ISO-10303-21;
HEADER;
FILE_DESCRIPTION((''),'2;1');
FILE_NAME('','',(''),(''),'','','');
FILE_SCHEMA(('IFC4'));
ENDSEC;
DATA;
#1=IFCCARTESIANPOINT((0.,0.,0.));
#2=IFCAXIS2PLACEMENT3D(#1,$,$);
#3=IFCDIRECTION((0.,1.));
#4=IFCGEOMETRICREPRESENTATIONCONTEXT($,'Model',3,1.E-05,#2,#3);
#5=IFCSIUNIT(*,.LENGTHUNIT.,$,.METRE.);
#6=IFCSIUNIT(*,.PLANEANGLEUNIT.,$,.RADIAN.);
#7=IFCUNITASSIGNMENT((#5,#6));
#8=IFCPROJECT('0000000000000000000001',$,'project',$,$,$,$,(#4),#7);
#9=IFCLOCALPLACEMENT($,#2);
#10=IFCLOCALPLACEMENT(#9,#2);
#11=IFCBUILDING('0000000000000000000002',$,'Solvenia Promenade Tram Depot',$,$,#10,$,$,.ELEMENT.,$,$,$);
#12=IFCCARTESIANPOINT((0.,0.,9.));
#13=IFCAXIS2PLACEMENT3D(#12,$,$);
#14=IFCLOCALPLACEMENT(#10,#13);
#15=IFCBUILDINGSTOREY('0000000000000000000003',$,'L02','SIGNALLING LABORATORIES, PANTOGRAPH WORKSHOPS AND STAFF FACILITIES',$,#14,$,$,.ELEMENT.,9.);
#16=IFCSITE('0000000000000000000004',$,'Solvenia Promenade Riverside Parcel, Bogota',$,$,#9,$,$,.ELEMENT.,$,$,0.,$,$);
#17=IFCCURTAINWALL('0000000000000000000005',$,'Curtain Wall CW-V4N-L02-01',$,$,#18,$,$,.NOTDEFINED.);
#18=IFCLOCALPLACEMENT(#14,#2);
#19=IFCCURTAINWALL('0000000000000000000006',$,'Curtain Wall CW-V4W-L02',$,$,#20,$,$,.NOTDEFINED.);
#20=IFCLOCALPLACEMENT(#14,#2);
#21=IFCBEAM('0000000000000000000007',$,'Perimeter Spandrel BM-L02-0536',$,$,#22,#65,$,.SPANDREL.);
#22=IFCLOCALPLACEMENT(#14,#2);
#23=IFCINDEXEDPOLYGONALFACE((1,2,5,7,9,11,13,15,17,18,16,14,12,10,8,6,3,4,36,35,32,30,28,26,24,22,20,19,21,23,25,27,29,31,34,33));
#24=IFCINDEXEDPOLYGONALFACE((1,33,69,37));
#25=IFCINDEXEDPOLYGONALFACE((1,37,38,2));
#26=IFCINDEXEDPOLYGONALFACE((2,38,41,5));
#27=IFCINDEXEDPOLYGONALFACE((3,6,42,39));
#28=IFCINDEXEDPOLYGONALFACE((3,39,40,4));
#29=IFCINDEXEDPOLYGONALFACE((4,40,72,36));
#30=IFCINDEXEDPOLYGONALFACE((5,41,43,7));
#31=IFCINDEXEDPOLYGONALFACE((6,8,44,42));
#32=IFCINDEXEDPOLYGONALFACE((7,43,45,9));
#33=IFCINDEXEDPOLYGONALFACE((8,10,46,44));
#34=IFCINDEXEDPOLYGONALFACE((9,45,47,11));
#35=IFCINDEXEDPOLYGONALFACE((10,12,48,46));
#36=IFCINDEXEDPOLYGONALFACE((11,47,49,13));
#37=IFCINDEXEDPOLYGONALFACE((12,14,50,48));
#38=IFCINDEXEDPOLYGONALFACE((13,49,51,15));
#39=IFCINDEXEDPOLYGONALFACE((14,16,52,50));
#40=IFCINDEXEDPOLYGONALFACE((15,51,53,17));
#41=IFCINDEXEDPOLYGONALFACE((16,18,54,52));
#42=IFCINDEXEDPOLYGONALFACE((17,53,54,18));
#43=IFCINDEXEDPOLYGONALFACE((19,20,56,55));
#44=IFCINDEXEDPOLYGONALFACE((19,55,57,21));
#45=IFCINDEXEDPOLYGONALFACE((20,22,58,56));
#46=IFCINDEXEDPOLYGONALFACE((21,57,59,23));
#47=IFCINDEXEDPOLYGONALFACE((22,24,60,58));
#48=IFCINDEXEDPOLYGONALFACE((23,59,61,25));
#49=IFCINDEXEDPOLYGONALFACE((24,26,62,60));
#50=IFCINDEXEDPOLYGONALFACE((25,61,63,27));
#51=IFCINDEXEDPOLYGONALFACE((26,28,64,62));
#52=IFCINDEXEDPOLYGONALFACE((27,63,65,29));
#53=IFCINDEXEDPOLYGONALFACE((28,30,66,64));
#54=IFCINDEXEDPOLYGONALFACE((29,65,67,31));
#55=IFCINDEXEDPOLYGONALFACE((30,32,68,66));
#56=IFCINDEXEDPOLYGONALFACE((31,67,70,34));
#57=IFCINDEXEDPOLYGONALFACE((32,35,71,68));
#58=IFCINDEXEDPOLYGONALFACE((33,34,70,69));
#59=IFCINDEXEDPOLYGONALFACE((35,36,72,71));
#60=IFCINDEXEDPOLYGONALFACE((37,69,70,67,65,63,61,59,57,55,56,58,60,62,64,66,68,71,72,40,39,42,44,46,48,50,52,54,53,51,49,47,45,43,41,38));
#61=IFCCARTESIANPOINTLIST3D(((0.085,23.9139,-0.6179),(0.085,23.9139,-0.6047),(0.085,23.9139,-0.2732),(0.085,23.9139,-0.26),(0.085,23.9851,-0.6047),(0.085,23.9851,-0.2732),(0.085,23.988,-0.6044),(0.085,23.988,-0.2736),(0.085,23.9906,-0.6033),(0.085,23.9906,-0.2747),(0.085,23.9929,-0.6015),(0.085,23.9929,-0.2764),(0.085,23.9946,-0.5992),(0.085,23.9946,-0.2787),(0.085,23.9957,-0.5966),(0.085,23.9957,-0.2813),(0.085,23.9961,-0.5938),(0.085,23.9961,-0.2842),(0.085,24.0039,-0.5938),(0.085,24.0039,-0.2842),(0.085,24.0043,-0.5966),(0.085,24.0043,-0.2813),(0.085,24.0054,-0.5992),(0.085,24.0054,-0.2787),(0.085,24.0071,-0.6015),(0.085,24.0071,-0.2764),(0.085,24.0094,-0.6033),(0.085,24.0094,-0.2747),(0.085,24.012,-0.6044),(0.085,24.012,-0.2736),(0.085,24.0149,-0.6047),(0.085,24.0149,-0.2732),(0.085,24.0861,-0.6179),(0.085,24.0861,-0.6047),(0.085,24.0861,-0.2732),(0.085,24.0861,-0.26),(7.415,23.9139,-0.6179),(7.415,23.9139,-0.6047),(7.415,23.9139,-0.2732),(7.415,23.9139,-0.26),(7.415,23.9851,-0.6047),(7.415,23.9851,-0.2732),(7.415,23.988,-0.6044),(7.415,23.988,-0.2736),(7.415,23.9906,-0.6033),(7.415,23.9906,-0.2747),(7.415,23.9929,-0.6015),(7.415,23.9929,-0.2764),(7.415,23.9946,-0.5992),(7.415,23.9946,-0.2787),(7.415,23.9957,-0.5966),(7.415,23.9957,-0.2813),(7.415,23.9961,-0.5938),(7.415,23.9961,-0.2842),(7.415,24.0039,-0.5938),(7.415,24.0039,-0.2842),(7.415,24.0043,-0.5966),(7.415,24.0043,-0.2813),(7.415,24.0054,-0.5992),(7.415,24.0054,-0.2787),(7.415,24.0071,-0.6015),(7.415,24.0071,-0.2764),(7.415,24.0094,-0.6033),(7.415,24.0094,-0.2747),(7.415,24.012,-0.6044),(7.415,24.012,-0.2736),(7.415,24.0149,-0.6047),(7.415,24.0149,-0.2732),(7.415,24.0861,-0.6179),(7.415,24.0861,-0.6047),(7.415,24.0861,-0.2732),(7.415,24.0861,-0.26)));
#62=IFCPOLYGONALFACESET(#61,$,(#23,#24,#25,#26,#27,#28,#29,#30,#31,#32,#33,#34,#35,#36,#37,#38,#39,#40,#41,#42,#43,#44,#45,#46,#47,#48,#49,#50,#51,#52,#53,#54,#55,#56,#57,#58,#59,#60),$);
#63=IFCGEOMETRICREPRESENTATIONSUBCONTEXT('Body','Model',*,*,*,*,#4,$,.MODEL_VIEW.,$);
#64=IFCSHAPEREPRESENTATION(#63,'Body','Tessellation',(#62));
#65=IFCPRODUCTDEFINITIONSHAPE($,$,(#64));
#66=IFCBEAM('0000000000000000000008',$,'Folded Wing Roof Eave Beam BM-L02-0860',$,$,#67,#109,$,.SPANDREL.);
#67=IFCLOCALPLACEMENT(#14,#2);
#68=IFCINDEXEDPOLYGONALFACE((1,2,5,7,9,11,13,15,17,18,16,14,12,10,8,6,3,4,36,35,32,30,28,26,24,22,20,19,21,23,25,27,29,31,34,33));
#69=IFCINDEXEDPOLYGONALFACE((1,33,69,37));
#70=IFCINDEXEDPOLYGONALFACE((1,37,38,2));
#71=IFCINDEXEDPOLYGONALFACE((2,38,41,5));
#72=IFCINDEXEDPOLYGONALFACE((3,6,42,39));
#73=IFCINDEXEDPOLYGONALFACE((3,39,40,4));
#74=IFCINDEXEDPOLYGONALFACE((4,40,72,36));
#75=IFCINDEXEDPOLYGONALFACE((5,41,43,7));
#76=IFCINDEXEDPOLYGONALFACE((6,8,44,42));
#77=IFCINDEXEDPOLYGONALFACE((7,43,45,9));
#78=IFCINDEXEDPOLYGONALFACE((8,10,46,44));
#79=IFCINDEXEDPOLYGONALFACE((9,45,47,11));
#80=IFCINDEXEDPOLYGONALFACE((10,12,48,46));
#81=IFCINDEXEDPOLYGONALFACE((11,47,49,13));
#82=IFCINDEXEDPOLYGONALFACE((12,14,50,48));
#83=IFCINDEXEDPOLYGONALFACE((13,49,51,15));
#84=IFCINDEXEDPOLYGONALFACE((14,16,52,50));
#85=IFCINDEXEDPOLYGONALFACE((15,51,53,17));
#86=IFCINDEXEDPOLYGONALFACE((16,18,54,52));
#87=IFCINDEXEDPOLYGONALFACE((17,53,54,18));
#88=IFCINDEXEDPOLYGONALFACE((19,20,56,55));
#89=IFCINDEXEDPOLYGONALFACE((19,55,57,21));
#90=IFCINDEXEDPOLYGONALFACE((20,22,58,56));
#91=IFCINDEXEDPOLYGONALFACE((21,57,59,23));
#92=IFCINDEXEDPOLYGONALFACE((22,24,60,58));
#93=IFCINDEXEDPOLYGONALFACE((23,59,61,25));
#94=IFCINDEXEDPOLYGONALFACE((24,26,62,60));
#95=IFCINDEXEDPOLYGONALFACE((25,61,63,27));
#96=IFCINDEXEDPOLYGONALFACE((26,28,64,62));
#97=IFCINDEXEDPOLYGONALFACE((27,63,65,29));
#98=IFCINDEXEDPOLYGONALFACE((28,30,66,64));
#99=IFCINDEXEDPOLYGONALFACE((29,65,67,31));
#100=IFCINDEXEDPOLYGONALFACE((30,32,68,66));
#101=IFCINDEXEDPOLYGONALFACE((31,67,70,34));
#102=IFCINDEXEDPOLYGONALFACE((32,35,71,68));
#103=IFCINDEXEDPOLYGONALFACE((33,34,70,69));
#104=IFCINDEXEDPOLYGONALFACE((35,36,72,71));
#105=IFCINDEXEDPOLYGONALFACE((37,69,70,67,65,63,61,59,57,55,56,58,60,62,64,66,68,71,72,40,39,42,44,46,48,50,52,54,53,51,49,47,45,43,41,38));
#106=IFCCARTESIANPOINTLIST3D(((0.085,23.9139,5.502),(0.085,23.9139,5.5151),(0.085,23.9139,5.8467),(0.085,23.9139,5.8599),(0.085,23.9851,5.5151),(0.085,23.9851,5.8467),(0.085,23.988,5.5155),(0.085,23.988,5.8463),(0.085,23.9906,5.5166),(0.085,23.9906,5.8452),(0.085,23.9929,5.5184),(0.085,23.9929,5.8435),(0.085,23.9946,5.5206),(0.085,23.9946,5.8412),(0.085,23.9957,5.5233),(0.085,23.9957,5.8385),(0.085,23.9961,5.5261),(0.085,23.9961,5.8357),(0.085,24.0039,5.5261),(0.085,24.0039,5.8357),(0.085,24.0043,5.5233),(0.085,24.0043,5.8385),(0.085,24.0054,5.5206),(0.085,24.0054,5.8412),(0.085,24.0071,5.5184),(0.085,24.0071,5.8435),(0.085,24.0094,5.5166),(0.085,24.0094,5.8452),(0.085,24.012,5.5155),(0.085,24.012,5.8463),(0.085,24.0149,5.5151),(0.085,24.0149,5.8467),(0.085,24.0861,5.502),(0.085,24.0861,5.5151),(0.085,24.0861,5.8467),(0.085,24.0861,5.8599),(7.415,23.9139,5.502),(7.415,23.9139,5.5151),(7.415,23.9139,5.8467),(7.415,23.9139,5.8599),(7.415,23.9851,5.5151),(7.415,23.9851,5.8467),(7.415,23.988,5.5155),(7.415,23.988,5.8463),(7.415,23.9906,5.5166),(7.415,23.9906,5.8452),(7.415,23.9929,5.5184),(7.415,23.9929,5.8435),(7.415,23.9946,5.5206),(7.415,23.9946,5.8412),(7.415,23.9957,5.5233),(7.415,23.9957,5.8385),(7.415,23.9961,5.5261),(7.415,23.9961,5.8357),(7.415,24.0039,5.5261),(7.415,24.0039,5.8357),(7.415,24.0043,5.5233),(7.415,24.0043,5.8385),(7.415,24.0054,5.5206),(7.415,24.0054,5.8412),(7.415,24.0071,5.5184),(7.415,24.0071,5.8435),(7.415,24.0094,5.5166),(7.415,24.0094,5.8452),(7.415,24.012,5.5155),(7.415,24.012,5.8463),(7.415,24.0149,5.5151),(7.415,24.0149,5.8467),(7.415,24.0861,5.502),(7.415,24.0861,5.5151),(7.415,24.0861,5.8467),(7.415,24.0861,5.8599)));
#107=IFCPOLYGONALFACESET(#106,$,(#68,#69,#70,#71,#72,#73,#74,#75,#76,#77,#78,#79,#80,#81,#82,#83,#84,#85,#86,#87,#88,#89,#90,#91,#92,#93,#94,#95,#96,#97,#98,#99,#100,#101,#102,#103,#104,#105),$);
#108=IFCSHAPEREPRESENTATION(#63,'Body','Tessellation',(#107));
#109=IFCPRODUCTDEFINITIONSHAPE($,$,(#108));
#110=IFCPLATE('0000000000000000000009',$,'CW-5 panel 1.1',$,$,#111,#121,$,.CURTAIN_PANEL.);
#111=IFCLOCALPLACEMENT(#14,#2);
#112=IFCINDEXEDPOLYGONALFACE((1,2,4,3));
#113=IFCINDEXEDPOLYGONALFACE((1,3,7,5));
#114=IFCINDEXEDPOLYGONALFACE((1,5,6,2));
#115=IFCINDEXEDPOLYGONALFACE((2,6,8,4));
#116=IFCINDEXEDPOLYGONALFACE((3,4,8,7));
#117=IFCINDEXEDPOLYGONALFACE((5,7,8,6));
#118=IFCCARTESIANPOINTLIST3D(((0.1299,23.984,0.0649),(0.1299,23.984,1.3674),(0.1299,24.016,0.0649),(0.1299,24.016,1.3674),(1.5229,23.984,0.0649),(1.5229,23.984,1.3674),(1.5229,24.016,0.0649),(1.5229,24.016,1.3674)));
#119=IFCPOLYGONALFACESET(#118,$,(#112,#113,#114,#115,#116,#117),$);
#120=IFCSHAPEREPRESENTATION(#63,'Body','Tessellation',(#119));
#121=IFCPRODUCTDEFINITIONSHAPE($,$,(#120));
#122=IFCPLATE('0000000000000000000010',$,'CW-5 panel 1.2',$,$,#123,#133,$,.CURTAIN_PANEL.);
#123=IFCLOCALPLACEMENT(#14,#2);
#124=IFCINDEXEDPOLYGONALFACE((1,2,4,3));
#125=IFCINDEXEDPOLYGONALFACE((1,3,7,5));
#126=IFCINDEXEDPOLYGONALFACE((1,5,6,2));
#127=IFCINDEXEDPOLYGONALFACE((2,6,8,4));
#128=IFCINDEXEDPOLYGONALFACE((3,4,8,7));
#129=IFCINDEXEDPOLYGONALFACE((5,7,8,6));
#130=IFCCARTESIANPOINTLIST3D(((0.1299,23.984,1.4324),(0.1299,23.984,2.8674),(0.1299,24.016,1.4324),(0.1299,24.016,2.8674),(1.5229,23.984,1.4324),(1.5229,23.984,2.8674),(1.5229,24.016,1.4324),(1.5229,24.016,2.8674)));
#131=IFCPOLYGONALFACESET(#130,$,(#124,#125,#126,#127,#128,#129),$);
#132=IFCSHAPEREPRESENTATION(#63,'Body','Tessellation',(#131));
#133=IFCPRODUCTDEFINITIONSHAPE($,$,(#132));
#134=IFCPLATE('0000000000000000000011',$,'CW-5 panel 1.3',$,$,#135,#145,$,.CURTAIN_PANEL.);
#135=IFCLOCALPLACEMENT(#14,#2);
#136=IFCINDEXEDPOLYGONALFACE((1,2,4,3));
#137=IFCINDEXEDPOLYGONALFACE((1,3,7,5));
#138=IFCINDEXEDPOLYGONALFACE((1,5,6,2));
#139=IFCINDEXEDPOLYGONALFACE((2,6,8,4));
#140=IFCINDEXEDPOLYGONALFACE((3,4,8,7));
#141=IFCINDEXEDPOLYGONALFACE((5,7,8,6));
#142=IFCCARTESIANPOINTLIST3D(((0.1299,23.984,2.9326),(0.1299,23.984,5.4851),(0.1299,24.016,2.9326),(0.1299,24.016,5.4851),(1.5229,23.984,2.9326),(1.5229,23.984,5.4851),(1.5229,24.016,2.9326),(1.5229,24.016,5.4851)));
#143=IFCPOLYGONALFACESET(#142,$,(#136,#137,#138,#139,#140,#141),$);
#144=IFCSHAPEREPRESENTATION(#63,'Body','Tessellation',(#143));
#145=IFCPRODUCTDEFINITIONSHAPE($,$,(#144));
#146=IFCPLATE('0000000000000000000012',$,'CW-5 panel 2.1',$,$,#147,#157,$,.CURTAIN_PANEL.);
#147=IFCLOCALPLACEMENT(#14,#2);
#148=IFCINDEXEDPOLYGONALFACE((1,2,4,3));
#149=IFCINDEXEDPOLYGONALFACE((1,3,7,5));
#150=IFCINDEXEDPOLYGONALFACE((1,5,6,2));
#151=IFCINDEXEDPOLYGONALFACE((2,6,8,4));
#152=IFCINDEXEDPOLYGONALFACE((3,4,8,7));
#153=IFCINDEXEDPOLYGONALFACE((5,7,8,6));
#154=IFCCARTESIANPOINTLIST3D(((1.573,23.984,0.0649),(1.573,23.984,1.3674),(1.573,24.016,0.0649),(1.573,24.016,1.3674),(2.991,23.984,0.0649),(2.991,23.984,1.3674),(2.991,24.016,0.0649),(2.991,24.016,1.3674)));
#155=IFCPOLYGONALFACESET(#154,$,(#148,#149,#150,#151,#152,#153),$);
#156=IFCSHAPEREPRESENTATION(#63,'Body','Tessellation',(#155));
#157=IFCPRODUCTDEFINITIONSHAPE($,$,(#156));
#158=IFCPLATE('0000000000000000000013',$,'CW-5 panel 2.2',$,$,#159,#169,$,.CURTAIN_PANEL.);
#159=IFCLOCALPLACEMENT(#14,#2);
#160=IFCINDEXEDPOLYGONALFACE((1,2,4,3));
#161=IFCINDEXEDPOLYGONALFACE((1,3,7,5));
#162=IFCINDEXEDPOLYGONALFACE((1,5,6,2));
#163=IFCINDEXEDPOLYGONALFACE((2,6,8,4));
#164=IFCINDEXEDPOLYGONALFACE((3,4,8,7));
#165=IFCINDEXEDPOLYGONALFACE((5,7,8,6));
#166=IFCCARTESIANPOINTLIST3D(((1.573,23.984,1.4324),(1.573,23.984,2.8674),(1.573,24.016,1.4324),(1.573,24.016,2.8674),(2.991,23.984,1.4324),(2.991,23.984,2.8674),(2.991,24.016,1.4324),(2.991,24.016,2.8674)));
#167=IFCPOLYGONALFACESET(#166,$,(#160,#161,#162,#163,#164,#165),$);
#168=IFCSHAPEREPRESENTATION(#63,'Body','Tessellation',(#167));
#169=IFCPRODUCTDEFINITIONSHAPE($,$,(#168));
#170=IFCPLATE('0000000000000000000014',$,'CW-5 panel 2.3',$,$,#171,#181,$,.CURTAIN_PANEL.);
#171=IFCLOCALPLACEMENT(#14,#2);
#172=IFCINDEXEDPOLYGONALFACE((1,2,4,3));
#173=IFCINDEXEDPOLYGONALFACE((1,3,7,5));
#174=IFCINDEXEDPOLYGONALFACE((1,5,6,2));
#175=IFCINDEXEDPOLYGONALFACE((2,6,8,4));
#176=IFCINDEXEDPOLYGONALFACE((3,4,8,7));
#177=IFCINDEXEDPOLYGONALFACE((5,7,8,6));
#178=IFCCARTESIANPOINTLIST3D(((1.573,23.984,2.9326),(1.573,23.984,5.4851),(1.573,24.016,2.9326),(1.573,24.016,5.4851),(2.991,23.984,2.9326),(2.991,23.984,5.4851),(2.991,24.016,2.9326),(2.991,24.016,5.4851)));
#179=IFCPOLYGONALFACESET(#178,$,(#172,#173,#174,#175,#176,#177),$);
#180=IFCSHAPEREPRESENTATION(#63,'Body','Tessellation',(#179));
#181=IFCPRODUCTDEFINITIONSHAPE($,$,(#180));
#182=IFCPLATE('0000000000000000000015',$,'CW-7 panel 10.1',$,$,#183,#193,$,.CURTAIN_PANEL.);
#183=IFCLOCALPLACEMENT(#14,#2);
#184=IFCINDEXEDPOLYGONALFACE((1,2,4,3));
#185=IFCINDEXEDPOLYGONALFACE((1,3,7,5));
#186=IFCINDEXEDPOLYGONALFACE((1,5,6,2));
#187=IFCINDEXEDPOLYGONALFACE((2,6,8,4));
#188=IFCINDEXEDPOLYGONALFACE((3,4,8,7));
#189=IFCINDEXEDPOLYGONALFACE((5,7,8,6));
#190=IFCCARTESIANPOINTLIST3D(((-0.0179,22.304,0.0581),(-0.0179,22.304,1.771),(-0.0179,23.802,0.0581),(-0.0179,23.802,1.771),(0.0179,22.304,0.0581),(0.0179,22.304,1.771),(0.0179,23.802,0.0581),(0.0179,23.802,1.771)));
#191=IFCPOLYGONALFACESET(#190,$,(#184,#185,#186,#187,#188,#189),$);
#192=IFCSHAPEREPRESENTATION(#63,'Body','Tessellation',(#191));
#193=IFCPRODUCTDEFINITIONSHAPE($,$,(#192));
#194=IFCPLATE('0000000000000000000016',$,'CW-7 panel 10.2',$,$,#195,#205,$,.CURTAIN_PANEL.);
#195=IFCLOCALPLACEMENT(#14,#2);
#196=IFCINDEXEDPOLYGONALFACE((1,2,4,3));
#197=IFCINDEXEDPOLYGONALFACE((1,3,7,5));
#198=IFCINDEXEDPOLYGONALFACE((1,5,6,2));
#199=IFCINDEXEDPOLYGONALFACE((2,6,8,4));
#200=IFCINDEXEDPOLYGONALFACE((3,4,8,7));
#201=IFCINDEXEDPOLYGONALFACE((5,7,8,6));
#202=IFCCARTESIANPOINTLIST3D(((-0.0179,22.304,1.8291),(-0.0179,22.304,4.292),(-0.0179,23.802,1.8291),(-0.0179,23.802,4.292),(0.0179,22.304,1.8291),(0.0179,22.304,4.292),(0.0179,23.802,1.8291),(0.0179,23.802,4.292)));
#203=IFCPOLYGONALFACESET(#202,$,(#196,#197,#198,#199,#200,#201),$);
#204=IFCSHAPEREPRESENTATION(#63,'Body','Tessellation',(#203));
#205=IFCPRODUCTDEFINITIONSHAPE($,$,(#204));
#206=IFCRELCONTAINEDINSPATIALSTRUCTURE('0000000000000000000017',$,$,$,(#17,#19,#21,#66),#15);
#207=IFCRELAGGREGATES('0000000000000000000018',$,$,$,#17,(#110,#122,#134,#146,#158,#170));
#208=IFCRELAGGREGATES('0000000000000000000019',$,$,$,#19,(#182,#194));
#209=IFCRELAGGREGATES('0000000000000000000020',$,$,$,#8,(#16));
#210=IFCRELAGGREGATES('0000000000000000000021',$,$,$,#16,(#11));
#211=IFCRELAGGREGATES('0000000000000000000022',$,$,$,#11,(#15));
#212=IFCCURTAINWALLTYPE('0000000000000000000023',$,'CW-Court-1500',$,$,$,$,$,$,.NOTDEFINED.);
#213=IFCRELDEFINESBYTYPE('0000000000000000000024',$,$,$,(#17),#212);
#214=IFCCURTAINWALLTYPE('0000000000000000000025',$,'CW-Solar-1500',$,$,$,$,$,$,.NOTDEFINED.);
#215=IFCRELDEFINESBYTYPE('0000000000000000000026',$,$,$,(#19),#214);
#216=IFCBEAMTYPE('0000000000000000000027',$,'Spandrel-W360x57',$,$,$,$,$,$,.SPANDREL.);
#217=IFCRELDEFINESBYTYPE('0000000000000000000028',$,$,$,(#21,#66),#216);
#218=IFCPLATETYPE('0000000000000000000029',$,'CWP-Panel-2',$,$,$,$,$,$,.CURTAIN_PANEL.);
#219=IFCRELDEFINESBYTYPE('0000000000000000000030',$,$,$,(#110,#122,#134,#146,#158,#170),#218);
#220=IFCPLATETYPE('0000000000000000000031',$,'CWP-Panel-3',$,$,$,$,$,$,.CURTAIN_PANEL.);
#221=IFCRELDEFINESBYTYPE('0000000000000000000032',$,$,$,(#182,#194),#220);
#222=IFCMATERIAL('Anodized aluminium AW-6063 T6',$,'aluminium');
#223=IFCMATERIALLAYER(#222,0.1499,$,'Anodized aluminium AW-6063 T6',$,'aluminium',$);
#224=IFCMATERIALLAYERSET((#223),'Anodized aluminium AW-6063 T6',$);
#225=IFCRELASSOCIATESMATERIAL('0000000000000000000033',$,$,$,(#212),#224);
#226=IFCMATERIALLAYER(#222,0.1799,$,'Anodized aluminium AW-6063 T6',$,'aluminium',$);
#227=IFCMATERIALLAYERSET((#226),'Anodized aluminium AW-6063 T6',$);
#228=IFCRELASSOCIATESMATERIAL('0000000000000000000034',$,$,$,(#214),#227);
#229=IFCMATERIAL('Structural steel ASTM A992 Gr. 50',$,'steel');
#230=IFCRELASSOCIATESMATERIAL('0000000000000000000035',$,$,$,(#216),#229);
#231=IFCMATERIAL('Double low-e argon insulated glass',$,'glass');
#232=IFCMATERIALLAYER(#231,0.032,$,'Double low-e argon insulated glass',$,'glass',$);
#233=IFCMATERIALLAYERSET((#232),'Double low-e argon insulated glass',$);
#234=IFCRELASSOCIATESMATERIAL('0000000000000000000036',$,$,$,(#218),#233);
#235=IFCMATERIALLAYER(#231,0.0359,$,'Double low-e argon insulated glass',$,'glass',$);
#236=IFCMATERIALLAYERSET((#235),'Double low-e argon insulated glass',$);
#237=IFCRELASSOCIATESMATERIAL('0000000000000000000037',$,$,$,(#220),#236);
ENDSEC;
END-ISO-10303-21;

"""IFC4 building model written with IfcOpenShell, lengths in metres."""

from ifc_helpers import new_model, si_unit, direction, frame, origin, origin_2d, place, context, subcontext, project, spatial, rectangle, i_section, extrude, material, layer, layer_set, material_profile, profile_set, type_object, element, aggregate, save


model = new_model("IFC4")

# Units and contexts
model_context = context("Model", 3, precision=1e-05, world=origin(), true_north=direction((0.0, 1.0)))
body_context = subcontext(model_context, "Body", "Model", "MODEL_VIEW")
ifc_project = project(units=[si_unit("LENGTHUNIT", "METRE"), si_unit("PLANEANGLEUNIT", "RADIAN")], contexts=[model_context])

# Site, building, storey
site_placement = place(None, origin())
site = spatial("IfcSite", under=ifc_project, at=site_placement, Name="Solvenia Promenade Riverside Parcel, Bogota", CompositionType="ELEMENT", RefElevation=0.0)
building_placement = place(site_placement, origin())
building = spatial("IfcBuilding", under=site, at=building_placement, Name="Solvenia Promenade Tram Depot", CompositionType="ELEMENT")
storey_placement = place(building_placement, frame((0.0, 0.0, 9.0)))
storey = spatial("IfcBuildingStorey", under=building, at=storey_placement, Name="L02", Description="SIGNALLING LABORATORIES, PANTOGRAPH WORKSHOPS AND STAFF FACILITIES", CompositionType="ELEMENT", Elevation=9.0)

# Shared definitions
ifc_material_1 = material(Name="Structural steel ASTM A992 Gr. 50", Category="steel")

# Curtain wall
ifc_material_2 = material(Name="Anodized aluminium AW-6063 T6", Category="aluminium")
ifc_layer_1 = layer(ifc_material_2, 0.1499, Name="Anodized aluminium AW-6063 T6", Category="aluminium")
ifc_layer_set_1 = layer_set([ifc_layer_1], Name="Anodized aluminium AW-6063 T6")
curtain_wall_type_1 = type_object("IfcCurtainWallType", Name="CW-Court-1500", PredefinedType="NOTDEFINED", material=ifc_layer_set_1)
curtain_wall_1_placement = place(storey_placement, origin())
curtain_wall_1 = element("IfcCurtainWall", 1, at=curtain_wall_1_placement, inside=storey, type_object=curtain_wall_type_1, Name="Curtain Wall CW-V4N-L02-01", PredefinedType="NOTDEFINED")

# Curtain wall
ifc_layer_2 = layer(ifc_material_2, 0.1799, Name="Anodized aluminium AW-6063 T6", Category="aluminium")
ifc_layer_set_2 = layer_set([ifc_layer_2], Name="Anodized aluminium AW-6063 T6")
curtain_wall_type_2 = type_object("IfcCurtainWallType", Name="CW-Solar-1500", PredefinedType="NOTDEFINED", material=ifc_layer_set_2)
curtain_wall_2_placement = place(storey_placement, origin())
curtain_wall_2 = element("IfcCurtainWall", 2, at=curtain_wall_2_placement, inside=storey, type_object=curtain_wall_type_2, Name="Curtain Wall CW-V4W-L02", PredefinedType="NOTDEFINED")

# Beams
ifc_material_profile_1 = material_profile(ifc_material_1, i_section(OverallWidth=0.1721, OverallDepth=0.3579, WebThickness=0.0078, FlangeThickness=0.0132, FilletRadius=0.011, at=origin_2d()), Name="W360x57", Category="steel")
ifc_profile_set_1 = profile_set([ifc_material_profile_1], Name="Structural steel ASTM A992 Gr. 50")
beam_type_1 = type_object("IfcBeamType", Name="Spandrel-W360x57", PredefinedType="SPANDREL", material=ifc_profile_set_1)
for number, where, z_axis, x_axis, name in (
    (3, (0.085, 24.0, -0.439), (1.0, 0.0, 0.0), (0.0, 1.0, 0.0), "Perimeter Spandrel BM-L02-0536"),
    (4, (0.085, 24.0, 5.6809), (1.0, 0.0, 0.0), (0.0, 1.0, 0.0), "Folded Wing Roof Eave Beam BM-L02-0860"),
):
    element("IfcBeam", number, at=place(storey_placement, frame(where, z_axis=z_axis, x_axis=x_axis)), inside=storey, type_object=beam_type_1, Name=name, PredefinedType="SPANDREL", context=body_context, shape_type="SweptSolid", body=[
        extrude(i_section(OverallWidth=0.1721, OverallDepth=0.3579, WebThickness=0.0078, FlangeThickness=0.0132, FilletRadius=0.011, at=origin_2d()), origin(), (0.0, 0.0, 1.0), 7.3301),
    ])

# Plates
ifc_material_3 = material(Name="Double low-e argon insulated glass", Category="glass")
ifc_layer_3 = layer(ifc_material_3, 0.032, Name="Double low-e argon insulated glass", Category="glass")
ifc_layer_set_3 = layer_set([ifc_layer_3], Name="Double low-e argon insulated glass")
plate_type_1 = type_object("IfcPlateType", Name="CWP-Panel-2", PredefinedType="CURTAIN_PANEL", material=ifc_layer_set_3)
plate_1_placement = place(storey_placement, frame((0.8264, 24.0, 0.0649), z_axis=(0.0, 0.0, 1.0), x_axis=(1.0, 0.0, 0.0)))
plate_1 = element("IfcPlate", 5, at=plate_1_placement, type_object=plate_type_1, Name="CW-5 panel 1.1", PredefinedType="CURTAIN_PANEL", context=body_context, shape_type="SweptSolid", body=[
    extrude(rectangle(XDim=1.3931, YDim=0.032, at=origin_2d()), origin(), (0.0, 0.0, 1.0), 1.3025),
])
plate_2_placement = place(storey_placement, frame((0.8264, 24.0, 1.4324), z_axis=(0.0, 0.0, 1.0), x_axis=(1.0, 0.0, 0.0)))
plate_2 = element("IfcPlate", 6, at=plate_2_placement, type_object=plate_type_1, Name="CW-5 panel 1.2", PredefinedType="CURTAIN_PANEL", context=body_context, shape_type="SweptSolid", body=[
    extrude(rectangle(XDim=1.3931, YDim=0.032, at=origin_2d()), origin(), (0.0, 0.0, 1.0), 1.4351),
])
plate_3_placement = place(storey_placement, frame((0.8264, 24.0, 2.9326), z_axis=(0.0, 0.0, 1.0), x_axis=(1.0, 0.0, 0.0)))
plate_3 = element("IfcPlate", 7, at=plate_3_placement, type_object=plate_type_1, Name="CW-5 panel 1.3", PredefinedType="CURTAIN_PANEL", context=body_context, shape_type="SweptSolid", body=[
    extrude(rectangle(XDim=1.3931, YDim=0.032, at=origin_2d()), origin(), (0.0, 0.0, 1.0), 2.5525),
])
plate_4_placement = place(storey_placement, frame((2.282, 24.0, 0.0649), z_axis=(0.0, 0.0, 1.0), x_axis=(1.0, 0.0, 0.0)))
plate_4 = element("IfcPlate", 8, at=plate_4_placement, type_object=plate_type_1, Name="CW-5 panel 2.1", PredefinedType="CURTAIN_PANEL", context=body_context, shape_type="SweptSolid", body=[
    extrude(rectangle(XDim=1.418, YDim=0.032, at=origin_2d()), origin(), (0.0, 0.0, 1.0), 1.3025),
])
plate_5_placement = place(storey_placement, frame((2.282, 24.0, 1.4324), z_axis=(0.0, 0.0, 1.0), x_axis=(1.0, 0.0, 0.0)))
plate_5 = element("IfcPlate", 9, at=plate_5_placement, type_object=plate_type_1, Name="CW-5 panel 2.2", PredefinedType="CURTAIN_PANEL", context=body_context, shape_type="SweptSolid", body=[
    extrude(rectangle(XDim=1.418, YDim=0.032, at=origin_2d()), origin(), (0.0, 0.0, 1.0), 1.4351),
])
plate_6_placement = place(storey_placement, frame((2.282, 24.0, 2.9326), z_axis=(0.0, 0.0, 1.0), x_axis=(1.0, 0.0, 0.0)))
plate_6 = element("IfcPlate", 10, at=plate_6_placement, type_object=plate_type_1, Name="CW-5 panel 2.3", PredefinedType="CURTAIN_PANEL", context=body_context, shape_type="SweptSolid", body=[
    extrude(rectangle(XDim=1.418, YDim=0.032, at=origin_2d()), origin(), (0.0, 0.0, 1.0), 2.5525),
])
aggregate(curtain_wall_1, [plate_1, plate_2, plate_3, plate_4, plate_5, plate_6])
ifc_layer_4 = layer(ifc_material_3, 0.0359, Name="Double low-e argon insulated glass", Category="glass")
ifc_layer_set_4 = layer_set([ifc_layer_4], Name="Double low-e argon insulated glass")
plate_type_2 = type_object("IfcPlateType", Name="CWP-Panel-3", PredefinedType="CURTAIN_PANEL", material=ifc_layer_set_4)
plate_7_placement = place(storey_placement, frame((0.0, 23.053, 0.0581), z_axis=(0.0, 0.0, 1.0), x_axis=(0.0, 1.0, 0.0)))
plate_7 = element("IfcPlate", 11, at=plate_7_placement, type_object=plate_type_2, Name="CW-7 panel 10.1", PredefinedType="CURTAIN_PANEL", context=body_context, shape_type="SweptSolid", body=[
    extrude(rectangle(XDim=1.498, YDim=0.0359, at=origin_2d()), origin(), (0.0, 0.0, 1.0), 1.7129),
])
plate_8_placement = place(storey_placement, frame((0.0, 23.053, 1.8291), z_axis=(0.0, 0.0, 1.0), x_axis=(0.0, 1.0, 0.0)))
plate_8 = element("IfcPlate", 12, at=plate_8_placement, type_object=plate_type_2, Name="CW-7 panel 10.2", PredefinedType="CURTAIN_PANEL", context=body_context, shape_type="SweptSolid", body=[
    extrude(rectangle(XDim=1.498, YDim=0.0359, at=origin_2d()), origin(), (0.0, 0.0, 1.0), 2.4629),
])
aggregate(curtain_wall_2, [plate_7, plate_8])

save(model, "model.ifc")
